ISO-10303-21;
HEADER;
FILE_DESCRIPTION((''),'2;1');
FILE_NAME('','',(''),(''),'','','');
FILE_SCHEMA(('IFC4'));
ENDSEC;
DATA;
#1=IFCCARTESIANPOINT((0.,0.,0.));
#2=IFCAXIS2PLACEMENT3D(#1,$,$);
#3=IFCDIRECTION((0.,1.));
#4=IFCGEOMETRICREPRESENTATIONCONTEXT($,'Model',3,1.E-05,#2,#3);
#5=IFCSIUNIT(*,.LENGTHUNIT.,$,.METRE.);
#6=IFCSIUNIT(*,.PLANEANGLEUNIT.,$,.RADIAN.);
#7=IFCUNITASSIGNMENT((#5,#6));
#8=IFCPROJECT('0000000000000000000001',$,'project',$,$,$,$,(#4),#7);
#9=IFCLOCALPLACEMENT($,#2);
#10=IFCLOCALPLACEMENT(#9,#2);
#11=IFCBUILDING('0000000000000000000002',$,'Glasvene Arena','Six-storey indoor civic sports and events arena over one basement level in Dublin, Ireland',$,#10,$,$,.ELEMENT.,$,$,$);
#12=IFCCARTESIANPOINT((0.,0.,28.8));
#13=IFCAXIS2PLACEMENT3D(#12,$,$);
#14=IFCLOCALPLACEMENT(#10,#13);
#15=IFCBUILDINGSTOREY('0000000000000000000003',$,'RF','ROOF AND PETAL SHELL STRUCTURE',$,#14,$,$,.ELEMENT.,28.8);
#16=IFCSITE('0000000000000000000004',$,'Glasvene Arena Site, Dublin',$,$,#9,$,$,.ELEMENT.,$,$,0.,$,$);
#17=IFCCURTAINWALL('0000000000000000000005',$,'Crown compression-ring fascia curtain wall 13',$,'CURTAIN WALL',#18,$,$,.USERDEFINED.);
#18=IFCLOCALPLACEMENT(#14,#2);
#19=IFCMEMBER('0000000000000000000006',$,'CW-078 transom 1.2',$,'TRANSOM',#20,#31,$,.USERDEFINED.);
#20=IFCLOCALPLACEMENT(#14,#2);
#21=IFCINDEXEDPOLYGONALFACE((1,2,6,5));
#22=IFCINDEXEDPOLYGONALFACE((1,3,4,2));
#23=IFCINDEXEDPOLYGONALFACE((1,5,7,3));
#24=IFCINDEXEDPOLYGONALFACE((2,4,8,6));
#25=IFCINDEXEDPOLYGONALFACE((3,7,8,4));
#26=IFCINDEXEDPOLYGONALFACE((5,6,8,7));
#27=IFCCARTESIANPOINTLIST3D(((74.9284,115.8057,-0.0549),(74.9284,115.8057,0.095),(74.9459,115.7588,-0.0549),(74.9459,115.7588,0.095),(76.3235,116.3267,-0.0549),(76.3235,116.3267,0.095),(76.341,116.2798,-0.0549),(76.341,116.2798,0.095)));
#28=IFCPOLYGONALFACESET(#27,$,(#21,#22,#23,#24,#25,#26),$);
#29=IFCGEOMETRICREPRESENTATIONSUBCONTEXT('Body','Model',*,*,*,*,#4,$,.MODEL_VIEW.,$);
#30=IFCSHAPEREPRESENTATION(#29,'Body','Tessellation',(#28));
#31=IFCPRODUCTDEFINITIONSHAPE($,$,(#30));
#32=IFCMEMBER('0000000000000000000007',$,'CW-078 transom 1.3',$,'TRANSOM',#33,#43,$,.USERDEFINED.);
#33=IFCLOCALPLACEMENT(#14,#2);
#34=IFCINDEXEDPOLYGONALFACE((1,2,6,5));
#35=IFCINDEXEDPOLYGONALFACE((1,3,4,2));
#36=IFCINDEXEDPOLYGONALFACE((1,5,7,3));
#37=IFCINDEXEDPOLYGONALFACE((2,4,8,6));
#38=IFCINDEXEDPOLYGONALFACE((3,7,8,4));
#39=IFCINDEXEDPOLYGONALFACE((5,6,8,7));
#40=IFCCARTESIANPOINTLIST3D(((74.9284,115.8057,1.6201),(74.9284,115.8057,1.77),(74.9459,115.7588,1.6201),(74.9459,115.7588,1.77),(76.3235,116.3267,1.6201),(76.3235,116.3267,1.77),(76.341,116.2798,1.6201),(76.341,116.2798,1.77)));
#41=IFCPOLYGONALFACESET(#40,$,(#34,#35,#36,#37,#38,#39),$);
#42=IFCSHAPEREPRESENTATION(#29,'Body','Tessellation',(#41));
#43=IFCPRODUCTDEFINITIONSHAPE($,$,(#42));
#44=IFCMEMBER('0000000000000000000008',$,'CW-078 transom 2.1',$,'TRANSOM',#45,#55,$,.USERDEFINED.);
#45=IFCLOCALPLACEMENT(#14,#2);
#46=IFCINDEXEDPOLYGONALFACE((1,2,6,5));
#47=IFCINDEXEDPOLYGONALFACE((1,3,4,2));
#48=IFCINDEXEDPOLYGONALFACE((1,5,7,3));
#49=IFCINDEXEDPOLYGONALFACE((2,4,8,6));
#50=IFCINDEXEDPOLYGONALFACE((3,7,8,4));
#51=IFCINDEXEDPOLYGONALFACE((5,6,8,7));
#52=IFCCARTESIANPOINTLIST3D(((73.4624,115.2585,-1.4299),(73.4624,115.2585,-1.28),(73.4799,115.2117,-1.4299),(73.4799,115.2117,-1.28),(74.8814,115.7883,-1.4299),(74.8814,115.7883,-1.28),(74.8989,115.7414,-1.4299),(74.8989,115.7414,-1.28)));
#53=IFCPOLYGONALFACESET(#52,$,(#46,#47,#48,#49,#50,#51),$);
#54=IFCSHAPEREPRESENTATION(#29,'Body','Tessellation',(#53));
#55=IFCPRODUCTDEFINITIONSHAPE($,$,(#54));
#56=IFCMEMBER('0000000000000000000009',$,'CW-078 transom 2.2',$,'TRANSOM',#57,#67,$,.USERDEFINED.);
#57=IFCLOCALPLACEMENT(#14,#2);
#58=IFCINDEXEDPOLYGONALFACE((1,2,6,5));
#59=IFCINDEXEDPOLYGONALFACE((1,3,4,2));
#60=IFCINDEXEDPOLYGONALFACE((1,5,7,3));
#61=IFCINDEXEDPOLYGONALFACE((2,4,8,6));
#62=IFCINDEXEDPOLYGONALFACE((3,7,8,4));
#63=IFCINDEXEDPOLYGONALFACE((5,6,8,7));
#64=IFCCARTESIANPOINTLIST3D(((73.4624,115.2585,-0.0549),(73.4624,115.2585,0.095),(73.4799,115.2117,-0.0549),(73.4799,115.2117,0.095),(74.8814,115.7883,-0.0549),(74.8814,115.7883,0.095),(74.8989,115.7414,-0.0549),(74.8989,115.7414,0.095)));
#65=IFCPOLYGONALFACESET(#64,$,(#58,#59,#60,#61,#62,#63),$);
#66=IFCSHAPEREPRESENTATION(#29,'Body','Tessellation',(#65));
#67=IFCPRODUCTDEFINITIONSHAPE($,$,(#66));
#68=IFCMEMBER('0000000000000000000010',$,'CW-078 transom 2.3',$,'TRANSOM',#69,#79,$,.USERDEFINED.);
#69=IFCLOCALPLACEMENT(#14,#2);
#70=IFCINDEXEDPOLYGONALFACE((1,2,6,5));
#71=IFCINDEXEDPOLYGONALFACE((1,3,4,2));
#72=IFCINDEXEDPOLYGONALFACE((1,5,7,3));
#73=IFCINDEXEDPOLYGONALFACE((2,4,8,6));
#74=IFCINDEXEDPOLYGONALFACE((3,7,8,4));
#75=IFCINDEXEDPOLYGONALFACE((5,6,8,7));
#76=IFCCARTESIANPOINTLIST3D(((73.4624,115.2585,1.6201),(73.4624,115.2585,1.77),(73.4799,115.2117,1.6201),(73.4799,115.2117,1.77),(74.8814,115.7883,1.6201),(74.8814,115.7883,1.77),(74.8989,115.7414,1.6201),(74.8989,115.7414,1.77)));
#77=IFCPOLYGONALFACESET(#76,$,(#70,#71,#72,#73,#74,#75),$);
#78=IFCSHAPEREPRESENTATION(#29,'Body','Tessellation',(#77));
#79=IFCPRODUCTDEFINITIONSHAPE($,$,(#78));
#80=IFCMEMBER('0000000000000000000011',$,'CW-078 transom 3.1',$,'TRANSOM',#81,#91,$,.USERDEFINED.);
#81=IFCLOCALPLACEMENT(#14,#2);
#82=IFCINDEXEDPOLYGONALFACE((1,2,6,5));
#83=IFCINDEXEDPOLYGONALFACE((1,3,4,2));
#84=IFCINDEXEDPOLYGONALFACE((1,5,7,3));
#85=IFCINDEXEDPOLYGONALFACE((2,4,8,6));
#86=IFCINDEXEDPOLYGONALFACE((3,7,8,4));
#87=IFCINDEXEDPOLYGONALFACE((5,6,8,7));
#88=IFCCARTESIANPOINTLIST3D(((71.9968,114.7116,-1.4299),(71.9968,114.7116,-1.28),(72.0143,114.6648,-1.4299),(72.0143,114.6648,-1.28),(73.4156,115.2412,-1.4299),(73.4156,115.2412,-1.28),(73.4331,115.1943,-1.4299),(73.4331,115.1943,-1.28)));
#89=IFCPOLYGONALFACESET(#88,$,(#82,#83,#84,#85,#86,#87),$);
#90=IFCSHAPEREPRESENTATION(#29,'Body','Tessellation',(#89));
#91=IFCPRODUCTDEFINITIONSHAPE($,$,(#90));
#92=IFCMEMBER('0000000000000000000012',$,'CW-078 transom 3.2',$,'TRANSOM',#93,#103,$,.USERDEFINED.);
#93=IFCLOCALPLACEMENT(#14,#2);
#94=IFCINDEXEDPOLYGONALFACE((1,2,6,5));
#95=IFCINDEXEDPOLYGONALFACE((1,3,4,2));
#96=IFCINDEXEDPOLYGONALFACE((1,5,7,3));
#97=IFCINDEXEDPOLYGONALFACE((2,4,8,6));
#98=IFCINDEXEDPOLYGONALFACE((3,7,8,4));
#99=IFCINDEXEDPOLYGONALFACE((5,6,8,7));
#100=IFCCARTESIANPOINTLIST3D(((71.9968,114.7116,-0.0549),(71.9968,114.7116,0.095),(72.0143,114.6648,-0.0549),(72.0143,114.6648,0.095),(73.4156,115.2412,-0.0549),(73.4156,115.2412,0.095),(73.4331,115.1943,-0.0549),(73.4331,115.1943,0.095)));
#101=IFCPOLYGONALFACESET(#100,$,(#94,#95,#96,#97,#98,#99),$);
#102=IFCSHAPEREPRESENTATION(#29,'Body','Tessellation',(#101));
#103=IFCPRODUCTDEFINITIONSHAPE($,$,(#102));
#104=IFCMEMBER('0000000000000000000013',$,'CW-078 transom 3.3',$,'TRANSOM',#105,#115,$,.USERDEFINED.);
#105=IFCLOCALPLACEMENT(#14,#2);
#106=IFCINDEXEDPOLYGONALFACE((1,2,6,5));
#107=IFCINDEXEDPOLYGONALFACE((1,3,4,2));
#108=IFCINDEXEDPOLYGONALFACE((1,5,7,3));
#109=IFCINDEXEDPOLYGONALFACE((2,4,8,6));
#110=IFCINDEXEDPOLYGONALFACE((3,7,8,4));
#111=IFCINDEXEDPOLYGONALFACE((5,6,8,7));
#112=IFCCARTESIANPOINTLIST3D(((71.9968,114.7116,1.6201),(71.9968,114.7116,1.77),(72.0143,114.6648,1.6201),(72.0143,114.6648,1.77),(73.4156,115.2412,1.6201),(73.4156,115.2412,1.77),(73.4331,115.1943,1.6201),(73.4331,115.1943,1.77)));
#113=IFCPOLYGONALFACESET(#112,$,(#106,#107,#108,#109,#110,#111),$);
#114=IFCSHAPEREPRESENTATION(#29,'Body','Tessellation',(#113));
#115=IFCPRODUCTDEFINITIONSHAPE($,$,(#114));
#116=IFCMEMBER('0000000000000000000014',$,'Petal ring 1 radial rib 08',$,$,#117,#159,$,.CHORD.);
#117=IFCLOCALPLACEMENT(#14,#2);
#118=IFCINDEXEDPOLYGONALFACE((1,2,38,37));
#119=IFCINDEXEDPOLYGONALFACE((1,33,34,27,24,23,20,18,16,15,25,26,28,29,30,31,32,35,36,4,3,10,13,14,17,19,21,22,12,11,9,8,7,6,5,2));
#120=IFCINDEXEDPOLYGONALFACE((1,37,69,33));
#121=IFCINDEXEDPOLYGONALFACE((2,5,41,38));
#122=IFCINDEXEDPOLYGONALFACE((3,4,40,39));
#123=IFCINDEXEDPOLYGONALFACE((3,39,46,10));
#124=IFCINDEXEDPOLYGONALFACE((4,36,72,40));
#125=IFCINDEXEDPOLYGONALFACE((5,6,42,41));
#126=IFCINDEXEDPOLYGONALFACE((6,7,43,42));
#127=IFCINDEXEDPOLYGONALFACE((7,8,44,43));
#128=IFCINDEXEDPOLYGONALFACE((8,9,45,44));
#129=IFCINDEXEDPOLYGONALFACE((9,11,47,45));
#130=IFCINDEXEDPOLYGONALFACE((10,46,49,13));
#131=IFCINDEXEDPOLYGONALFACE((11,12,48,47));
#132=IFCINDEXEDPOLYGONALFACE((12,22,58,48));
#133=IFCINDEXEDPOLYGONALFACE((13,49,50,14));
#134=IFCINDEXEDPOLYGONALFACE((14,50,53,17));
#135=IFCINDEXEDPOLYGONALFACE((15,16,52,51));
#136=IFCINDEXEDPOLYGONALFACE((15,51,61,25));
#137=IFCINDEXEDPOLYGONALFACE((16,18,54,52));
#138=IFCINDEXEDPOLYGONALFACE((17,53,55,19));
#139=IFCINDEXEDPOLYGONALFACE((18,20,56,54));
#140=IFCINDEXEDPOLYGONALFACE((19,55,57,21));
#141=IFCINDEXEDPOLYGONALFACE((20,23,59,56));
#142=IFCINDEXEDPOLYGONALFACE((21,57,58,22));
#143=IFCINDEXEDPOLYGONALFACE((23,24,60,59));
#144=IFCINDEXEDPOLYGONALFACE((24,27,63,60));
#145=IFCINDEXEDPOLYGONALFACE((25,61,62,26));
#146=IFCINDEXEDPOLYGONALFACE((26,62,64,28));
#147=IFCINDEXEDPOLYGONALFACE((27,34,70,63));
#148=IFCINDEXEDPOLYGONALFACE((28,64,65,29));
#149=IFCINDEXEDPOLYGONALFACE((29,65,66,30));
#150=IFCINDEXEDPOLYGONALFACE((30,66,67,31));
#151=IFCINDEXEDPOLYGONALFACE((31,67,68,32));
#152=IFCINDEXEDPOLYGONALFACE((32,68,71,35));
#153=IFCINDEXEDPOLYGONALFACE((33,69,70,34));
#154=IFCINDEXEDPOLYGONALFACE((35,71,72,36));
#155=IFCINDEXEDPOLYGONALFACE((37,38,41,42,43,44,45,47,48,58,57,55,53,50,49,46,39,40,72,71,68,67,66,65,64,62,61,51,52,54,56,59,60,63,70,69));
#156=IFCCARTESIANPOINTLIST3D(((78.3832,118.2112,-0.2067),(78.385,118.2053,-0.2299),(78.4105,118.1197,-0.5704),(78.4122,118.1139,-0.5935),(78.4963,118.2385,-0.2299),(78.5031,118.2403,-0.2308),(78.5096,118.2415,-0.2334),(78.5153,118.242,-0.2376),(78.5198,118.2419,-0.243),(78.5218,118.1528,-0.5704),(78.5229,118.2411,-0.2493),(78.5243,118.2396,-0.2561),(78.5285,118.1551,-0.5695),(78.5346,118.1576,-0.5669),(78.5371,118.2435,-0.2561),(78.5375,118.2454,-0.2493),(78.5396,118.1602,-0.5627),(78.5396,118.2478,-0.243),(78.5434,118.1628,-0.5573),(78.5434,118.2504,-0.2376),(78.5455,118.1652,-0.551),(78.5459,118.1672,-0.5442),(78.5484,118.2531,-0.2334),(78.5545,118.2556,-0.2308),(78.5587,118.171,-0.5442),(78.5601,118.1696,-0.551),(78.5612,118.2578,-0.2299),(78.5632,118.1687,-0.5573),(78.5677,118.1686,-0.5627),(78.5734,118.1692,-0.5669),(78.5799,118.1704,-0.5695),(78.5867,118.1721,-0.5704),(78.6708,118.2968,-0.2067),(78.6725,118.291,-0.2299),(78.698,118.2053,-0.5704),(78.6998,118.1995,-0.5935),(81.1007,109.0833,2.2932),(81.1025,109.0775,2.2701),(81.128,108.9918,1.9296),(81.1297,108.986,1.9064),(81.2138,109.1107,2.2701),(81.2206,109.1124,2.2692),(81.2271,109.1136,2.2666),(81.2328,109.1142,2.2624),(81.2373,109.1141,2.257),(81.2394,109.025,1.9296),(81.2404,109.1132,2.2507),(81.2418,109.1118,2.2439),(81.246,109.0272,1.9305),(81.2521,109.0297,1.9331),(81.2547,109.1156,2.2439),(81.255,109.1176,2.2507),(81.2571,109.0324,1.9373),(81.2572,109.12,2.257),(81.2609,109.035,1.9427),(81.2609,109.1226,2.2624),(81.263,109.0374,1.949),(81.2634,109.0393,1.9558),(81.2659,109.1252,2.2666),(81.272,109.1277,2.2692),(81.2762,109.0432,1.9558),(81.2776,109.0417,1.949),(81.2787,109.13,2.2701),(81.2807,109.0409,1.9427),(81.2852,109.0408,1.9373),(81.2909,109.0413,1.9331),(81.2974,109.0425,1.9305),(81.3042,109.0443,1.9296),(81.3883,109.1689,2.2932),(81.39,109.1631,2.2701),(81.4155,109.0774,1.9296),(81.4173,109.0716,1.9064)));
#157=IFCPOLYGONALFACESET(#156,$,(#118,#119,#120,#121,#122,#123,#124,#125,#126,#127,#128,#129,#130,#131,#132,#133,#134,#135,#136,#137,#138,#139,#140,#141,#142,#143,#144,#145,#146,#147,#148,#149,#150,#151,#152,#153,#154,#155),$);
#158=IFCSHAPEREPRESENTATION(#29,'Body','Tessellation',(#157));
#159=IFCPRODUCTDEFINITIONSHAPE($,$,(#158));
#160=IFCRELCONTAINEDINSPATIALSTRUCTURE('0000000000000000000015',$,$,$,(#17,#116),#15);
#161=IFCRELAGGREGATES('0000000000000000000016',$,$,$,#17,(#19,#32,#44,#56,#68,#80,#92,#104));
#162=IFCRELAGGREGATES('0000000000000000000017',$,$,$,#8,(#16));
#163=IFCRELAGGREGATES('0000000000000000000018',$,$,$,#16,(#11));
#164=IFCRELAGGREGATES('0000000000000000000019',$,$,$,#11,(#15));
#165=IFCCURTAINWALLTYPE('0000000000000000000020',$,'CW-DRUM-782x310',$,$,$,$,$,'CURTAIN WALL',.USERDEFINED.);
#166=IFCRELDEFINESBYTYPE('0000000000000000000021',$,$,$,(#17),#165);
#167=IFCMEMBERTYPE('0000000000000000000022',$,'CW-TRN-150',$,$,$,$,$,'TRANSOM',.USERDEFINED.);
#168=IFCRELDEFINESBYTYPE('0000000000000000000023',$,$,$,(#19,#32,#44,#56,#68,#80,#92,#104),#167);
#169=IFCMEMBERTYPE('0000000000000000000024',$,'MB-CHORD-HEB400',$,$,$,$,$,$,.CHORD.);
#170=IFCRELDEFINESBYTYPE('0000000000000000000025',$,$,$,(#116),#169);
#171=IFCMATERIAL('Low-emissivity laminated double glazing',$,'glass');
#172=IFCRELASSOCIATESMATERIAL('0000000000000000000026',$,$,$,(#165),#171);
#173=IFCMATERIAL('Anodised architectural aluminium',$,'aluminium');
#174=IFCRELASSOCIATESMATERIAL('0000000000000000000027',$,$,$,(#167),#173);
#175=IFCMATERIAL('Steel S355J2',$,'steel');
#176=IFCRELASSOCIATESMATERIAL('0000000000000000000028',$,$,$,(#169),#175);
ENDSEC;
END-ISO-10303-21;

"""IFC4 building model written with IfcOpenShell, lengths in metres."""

from ifc_helpers import new_model, si_unit, direction, frame, origin, origin_2d, place, context, subcontext, project, spatial, rectangle, i_section, extrude, material, material_profile, profile_set, type_object, element, aggregate, save


model = new_model("IFC4")

# Units and contexts
model_context = context("Model", 3, precision=1e-05, world=origin(), true_north=direction((0.0, 1.0)))
body_context = subcontext(model_context, "Body", "Model", "MODEL_VIEW")
ifc_project = project(units=[si_unit("LENGTHUNIT", "METRE"), si_unit("PLANEANGLEUNIT", "RADIAN")], contexts=[model_context])

# Site, building, storey
site_placement = place(None, origin())
site = spatial("IfcSite", under=ifc_project, at=site_placement, Name="Glasvene Arena Site, Dublin", CompositionType="ELEMENT", RefElevation=0.0)
building_placement = place(site_placement, origin())
building = spatial("IfcBuilding", under=site, at=building_placement, Name="Glasvene Arena", Description="Six-storey indoor civic sports and events arena over one basement level in Dublin, Ireland", CompositionType="ELEMENT")
storey_placement = place(building_placement, frame((0.0, 0.0, 28.8)))
storey = spatial("IfcBuildingStorey", under=building, at=storey_placement, Name="RF", Description="ROOF AND PETAL SHELL STRUCTURE", CompositionType="ELEMENT", Elevation=28.8)

# Shared definitions
ifc_material_1 = material(Name="Steel S355J2", Category="steel")

# Shared definitions
ifc_material_2 = material(Name="Low-emissivity laminated double glazing", Category="glass")
ifc_material_3 = material(Name="Anodised architectural aluminium", Category="aluminium")

# Curtain wall
curtain_wall_type_1 = type_object("IfcCurtainWallType", Name="CW-DRUM-782x310", ElementType="CURTAIN WALL", PredefinedType="USERDEFINED", material=ifc_material_2)
curtain_wall_1_placement = place(storey_placement, frame((76.3792, 116.3206, 0.0)))
curtain_wall_1 = element("IfcCurtainWall", 1, at=curtain_wall_1_placement, inside=storey, type_object=curtain_wall_type_1, Name="Crown compression-ring fascia curtain wall 13", ObjectType="CURTAIN WALL", PredefinedType="USERDEFINED")

# Members
ifc_material_profile_1 = material_profile(ifc_material_3, rectangle(XDim=0.05, YDim=0.1499, at=origin_2d()), Name="ALU TRANSOM 50x150")
ifc_profile_set_1 = profile_set([ifc_material_profile_1], Name="Anodised architectural aluminium")
member_type_1 = type_object("IfcMemberType", Name="CW-TRN-150", ElementType="TRANSOM", PredefinedType="USERDEFINED", material=ifc_profile_set_1)
member_1_placement = place(storey_placement, frame((76.3323, 116.3032, 0.02), z_axis=(-0.93682, -0.349812, 0.0), x_axis=(0.349812, -0.93682, 0.0)))
member_1 = element("IfcMember", 2, at=member_1_placement, type_object=member_type_1, Name="CW-078 transom 1.2", ObjectType="TRANSOM", PredefinedType="USERDEFINED", context=body_context, shape_type="SweptSolid", body=[
    extrude(rectangle(XDim=0.05, YDim=0.1499, at=origin_2d()), origin(), (0.0, 0.0, 1.0), 1.4893),
])
member_2_placement = place(storey_placement, frame((76.3323, 116.3032, 1.6951), z_axis=(-0.93682, -0.349812, 0.0), x_axis=(0.349812, -0.93682, 0.0)))
member_2 = element("IfcMember", 3, at=member_2_placement, type_object=member_type_1, Name="CW-078 transom 1.3", ObjectType="TRANSOM", PredefinedType="USERDEFINED", context=body_context, shape_type="SweptSolid", body=[
    extrude(rectangle(XDim=0.05, YDim=0.1499, at=origin_2d()), origin(), (0.0, 0.0, 1.0), 1.4893),
])
member_3_placement = place(storey_placement, frame((74.8901, 115.7649, -1.355), z_axis=(-0.936832, -0.349781, 0.0), x_axis=(0.349781, -0.936832, 0.0)))
member_3 = element("IfcMember", 4, at=member_3_placement, type_object=member_type_1, Name="CW-078 transom 2.1", ObjectType="TRANSOM", PredefinedType="USERDEFINED", context=body_context, shape_type="SweptSolid", body=[
    extrude(rectangle(XDim=0.05, YDim=0.1499, at=origin_2d()), origin(), (0.0, 0.0, 1.0), 1.5146),
])
member_4_placement = place(storey_placement, frame((74.8901, 115.7649, 0.02), z_axis=(-0.936832, -0.349781, 0.0), x_axis=(0.349781, -0.936832, 0.0)))
member_4 = element("IfcMember", 5, at=member_4_placement, type_object=member_type_1, Name="CW-078 transom 2.2", ObjectType="TRANSOM", PredefinedType="USERDEFINED", context=body_context, shape_type="SweptSolid", body=[
    extrude(rectangle(XDim=0.05, YDim=0.1499, at=origin_2d()), origin(), (0.0, 0.0, 1.0), 1.5146),
])
member_5_placement = place(storey_placement, frame((74.8901, 115.7649, 1.6951), z_axis=(-0.936832, -0.349781, 0.0), x_axis=(0.349781, -0.936832, 0.0)))
member_5 = element("IfcMember", 6, at=member_5_placement, type_object=member_type_1, Name="CW-078 transom 2.3", ObjectType="TRANSOM", PredefinedType="USERDEFINED", context=body_context, shape_type="SweptSolid", body=[
    extrude(rectangle(XDim=0.05, YDim=0.1499, at=origin_2d()), origin(), (0.0, 0.0, 1.0), 1.5146),
])
member_6_placement = place(storey_placement, frame((73.4243, 115.2178, -1.355), z_axis=(-0.936865, -0.349692, 0.0), x_axis=(0.349692, -0.936865, 0.0)))
member_6 = element("IfcMember", 7, at=member_6_placement, type_object=member_type_1, Name="CW-078 transom 3.1", ObjectType="TRANSOM", PredefinedType="USERDEFINED", context=body_context, shape_type="SweptSolid", body=[
    extrude(rectangle(XDim=0.05, YDim=0.1499, at=origin_2d()), origin(), (0.0, 0.0, 1.0), 1.5144),
])
member_7_placement = place(storey_placement, frame((73.4243, 115.2178, 0.02), z_axis=(-0.936865, -0.349692, 0.0), x_axis=(0.349692, -0.936865, 0.0)))
member_7 = element("IfcMember", 8, at=member_7_placement, type_object=member_type_1, Name="CW-078 transom 3.2", ObjectType="TRANSOM", PredefinedType="USERDEFINED", context=body_context, shape_type="SweptSolid", body=[
    extrude(rectangle(XDim=0.05, YDim=0.1499, at=origin_2d()), origin(), (0.0, 0.0, 1.0), 1.5144),
])
member_8_placement = place(storey_placement, frame((73.4243, 115.2178, 1.6951), z_axis=(-0.936865, -0.349692, 0.0), x_axis=(0.349692, -0.936865, 0.0)))
member_8 = element("IfcMember", 9, at=member_8_placement, type_object=member_type_1, Name="CW-078 transom 3.3", ObjectType="TRANSOM", PredefinedType="USERDEFINED", context=body_context, shape_type="SweptSolid", body=[
    extrude(rectangle(XDim=0.05, YDim=0.1499, at=origin_2d()), origin(), (0.0, 0.0, 1.0), 1.5144),
])

# Member
ifc_material_profile_2 = material_profile(ifc_material_1, i_section(OverallWidth=0.3, OverallDepth=0.3999, WebThickness=0.0134, FlangeThickness=0.0239, FilletRadius=0.0271, at=origin_2d()), Name="HEB 400")
ifc_profile_set_2 = profile_set([ifc_material_profile_2], Name="Steel S355J2")
member_type_2 = type_object("IfcMemberType", Name="MB-CHORD-HEB400", PredefinedType="CHORD", material=ifc_profile_set_2)
member_9_placement = place(storey_placement, frame((78.5415, 118.2053, -0.4001), z_axis=(0.275989, -0.92702, 0.253897), x_axis=(0.958427, 0.285339, 0.0)))
element("IfcMember", 10, at=member_9_placement, inside=storey, type_object=member_type_2, Name="Petal ring 1 radial rib 08", PredefinedType="CHORD", context=body_context, shape_type="SweptSolid", body=[
    extrude(i_section(OverallWidth=0.3, OverallDepth=0.3999, WebThickness=0.0134, FlangeThickness=0.0239, FilletRadius=0.0271, at=origin_2d()), origin(), (0.0, 0.0, 1.0), 9.8464),
])

aggregate(curtain_wall_1, [member_1, member_2, member_3, member_4, member_5, member_6, member_7, member_8])

save(model, "model.ifc")
